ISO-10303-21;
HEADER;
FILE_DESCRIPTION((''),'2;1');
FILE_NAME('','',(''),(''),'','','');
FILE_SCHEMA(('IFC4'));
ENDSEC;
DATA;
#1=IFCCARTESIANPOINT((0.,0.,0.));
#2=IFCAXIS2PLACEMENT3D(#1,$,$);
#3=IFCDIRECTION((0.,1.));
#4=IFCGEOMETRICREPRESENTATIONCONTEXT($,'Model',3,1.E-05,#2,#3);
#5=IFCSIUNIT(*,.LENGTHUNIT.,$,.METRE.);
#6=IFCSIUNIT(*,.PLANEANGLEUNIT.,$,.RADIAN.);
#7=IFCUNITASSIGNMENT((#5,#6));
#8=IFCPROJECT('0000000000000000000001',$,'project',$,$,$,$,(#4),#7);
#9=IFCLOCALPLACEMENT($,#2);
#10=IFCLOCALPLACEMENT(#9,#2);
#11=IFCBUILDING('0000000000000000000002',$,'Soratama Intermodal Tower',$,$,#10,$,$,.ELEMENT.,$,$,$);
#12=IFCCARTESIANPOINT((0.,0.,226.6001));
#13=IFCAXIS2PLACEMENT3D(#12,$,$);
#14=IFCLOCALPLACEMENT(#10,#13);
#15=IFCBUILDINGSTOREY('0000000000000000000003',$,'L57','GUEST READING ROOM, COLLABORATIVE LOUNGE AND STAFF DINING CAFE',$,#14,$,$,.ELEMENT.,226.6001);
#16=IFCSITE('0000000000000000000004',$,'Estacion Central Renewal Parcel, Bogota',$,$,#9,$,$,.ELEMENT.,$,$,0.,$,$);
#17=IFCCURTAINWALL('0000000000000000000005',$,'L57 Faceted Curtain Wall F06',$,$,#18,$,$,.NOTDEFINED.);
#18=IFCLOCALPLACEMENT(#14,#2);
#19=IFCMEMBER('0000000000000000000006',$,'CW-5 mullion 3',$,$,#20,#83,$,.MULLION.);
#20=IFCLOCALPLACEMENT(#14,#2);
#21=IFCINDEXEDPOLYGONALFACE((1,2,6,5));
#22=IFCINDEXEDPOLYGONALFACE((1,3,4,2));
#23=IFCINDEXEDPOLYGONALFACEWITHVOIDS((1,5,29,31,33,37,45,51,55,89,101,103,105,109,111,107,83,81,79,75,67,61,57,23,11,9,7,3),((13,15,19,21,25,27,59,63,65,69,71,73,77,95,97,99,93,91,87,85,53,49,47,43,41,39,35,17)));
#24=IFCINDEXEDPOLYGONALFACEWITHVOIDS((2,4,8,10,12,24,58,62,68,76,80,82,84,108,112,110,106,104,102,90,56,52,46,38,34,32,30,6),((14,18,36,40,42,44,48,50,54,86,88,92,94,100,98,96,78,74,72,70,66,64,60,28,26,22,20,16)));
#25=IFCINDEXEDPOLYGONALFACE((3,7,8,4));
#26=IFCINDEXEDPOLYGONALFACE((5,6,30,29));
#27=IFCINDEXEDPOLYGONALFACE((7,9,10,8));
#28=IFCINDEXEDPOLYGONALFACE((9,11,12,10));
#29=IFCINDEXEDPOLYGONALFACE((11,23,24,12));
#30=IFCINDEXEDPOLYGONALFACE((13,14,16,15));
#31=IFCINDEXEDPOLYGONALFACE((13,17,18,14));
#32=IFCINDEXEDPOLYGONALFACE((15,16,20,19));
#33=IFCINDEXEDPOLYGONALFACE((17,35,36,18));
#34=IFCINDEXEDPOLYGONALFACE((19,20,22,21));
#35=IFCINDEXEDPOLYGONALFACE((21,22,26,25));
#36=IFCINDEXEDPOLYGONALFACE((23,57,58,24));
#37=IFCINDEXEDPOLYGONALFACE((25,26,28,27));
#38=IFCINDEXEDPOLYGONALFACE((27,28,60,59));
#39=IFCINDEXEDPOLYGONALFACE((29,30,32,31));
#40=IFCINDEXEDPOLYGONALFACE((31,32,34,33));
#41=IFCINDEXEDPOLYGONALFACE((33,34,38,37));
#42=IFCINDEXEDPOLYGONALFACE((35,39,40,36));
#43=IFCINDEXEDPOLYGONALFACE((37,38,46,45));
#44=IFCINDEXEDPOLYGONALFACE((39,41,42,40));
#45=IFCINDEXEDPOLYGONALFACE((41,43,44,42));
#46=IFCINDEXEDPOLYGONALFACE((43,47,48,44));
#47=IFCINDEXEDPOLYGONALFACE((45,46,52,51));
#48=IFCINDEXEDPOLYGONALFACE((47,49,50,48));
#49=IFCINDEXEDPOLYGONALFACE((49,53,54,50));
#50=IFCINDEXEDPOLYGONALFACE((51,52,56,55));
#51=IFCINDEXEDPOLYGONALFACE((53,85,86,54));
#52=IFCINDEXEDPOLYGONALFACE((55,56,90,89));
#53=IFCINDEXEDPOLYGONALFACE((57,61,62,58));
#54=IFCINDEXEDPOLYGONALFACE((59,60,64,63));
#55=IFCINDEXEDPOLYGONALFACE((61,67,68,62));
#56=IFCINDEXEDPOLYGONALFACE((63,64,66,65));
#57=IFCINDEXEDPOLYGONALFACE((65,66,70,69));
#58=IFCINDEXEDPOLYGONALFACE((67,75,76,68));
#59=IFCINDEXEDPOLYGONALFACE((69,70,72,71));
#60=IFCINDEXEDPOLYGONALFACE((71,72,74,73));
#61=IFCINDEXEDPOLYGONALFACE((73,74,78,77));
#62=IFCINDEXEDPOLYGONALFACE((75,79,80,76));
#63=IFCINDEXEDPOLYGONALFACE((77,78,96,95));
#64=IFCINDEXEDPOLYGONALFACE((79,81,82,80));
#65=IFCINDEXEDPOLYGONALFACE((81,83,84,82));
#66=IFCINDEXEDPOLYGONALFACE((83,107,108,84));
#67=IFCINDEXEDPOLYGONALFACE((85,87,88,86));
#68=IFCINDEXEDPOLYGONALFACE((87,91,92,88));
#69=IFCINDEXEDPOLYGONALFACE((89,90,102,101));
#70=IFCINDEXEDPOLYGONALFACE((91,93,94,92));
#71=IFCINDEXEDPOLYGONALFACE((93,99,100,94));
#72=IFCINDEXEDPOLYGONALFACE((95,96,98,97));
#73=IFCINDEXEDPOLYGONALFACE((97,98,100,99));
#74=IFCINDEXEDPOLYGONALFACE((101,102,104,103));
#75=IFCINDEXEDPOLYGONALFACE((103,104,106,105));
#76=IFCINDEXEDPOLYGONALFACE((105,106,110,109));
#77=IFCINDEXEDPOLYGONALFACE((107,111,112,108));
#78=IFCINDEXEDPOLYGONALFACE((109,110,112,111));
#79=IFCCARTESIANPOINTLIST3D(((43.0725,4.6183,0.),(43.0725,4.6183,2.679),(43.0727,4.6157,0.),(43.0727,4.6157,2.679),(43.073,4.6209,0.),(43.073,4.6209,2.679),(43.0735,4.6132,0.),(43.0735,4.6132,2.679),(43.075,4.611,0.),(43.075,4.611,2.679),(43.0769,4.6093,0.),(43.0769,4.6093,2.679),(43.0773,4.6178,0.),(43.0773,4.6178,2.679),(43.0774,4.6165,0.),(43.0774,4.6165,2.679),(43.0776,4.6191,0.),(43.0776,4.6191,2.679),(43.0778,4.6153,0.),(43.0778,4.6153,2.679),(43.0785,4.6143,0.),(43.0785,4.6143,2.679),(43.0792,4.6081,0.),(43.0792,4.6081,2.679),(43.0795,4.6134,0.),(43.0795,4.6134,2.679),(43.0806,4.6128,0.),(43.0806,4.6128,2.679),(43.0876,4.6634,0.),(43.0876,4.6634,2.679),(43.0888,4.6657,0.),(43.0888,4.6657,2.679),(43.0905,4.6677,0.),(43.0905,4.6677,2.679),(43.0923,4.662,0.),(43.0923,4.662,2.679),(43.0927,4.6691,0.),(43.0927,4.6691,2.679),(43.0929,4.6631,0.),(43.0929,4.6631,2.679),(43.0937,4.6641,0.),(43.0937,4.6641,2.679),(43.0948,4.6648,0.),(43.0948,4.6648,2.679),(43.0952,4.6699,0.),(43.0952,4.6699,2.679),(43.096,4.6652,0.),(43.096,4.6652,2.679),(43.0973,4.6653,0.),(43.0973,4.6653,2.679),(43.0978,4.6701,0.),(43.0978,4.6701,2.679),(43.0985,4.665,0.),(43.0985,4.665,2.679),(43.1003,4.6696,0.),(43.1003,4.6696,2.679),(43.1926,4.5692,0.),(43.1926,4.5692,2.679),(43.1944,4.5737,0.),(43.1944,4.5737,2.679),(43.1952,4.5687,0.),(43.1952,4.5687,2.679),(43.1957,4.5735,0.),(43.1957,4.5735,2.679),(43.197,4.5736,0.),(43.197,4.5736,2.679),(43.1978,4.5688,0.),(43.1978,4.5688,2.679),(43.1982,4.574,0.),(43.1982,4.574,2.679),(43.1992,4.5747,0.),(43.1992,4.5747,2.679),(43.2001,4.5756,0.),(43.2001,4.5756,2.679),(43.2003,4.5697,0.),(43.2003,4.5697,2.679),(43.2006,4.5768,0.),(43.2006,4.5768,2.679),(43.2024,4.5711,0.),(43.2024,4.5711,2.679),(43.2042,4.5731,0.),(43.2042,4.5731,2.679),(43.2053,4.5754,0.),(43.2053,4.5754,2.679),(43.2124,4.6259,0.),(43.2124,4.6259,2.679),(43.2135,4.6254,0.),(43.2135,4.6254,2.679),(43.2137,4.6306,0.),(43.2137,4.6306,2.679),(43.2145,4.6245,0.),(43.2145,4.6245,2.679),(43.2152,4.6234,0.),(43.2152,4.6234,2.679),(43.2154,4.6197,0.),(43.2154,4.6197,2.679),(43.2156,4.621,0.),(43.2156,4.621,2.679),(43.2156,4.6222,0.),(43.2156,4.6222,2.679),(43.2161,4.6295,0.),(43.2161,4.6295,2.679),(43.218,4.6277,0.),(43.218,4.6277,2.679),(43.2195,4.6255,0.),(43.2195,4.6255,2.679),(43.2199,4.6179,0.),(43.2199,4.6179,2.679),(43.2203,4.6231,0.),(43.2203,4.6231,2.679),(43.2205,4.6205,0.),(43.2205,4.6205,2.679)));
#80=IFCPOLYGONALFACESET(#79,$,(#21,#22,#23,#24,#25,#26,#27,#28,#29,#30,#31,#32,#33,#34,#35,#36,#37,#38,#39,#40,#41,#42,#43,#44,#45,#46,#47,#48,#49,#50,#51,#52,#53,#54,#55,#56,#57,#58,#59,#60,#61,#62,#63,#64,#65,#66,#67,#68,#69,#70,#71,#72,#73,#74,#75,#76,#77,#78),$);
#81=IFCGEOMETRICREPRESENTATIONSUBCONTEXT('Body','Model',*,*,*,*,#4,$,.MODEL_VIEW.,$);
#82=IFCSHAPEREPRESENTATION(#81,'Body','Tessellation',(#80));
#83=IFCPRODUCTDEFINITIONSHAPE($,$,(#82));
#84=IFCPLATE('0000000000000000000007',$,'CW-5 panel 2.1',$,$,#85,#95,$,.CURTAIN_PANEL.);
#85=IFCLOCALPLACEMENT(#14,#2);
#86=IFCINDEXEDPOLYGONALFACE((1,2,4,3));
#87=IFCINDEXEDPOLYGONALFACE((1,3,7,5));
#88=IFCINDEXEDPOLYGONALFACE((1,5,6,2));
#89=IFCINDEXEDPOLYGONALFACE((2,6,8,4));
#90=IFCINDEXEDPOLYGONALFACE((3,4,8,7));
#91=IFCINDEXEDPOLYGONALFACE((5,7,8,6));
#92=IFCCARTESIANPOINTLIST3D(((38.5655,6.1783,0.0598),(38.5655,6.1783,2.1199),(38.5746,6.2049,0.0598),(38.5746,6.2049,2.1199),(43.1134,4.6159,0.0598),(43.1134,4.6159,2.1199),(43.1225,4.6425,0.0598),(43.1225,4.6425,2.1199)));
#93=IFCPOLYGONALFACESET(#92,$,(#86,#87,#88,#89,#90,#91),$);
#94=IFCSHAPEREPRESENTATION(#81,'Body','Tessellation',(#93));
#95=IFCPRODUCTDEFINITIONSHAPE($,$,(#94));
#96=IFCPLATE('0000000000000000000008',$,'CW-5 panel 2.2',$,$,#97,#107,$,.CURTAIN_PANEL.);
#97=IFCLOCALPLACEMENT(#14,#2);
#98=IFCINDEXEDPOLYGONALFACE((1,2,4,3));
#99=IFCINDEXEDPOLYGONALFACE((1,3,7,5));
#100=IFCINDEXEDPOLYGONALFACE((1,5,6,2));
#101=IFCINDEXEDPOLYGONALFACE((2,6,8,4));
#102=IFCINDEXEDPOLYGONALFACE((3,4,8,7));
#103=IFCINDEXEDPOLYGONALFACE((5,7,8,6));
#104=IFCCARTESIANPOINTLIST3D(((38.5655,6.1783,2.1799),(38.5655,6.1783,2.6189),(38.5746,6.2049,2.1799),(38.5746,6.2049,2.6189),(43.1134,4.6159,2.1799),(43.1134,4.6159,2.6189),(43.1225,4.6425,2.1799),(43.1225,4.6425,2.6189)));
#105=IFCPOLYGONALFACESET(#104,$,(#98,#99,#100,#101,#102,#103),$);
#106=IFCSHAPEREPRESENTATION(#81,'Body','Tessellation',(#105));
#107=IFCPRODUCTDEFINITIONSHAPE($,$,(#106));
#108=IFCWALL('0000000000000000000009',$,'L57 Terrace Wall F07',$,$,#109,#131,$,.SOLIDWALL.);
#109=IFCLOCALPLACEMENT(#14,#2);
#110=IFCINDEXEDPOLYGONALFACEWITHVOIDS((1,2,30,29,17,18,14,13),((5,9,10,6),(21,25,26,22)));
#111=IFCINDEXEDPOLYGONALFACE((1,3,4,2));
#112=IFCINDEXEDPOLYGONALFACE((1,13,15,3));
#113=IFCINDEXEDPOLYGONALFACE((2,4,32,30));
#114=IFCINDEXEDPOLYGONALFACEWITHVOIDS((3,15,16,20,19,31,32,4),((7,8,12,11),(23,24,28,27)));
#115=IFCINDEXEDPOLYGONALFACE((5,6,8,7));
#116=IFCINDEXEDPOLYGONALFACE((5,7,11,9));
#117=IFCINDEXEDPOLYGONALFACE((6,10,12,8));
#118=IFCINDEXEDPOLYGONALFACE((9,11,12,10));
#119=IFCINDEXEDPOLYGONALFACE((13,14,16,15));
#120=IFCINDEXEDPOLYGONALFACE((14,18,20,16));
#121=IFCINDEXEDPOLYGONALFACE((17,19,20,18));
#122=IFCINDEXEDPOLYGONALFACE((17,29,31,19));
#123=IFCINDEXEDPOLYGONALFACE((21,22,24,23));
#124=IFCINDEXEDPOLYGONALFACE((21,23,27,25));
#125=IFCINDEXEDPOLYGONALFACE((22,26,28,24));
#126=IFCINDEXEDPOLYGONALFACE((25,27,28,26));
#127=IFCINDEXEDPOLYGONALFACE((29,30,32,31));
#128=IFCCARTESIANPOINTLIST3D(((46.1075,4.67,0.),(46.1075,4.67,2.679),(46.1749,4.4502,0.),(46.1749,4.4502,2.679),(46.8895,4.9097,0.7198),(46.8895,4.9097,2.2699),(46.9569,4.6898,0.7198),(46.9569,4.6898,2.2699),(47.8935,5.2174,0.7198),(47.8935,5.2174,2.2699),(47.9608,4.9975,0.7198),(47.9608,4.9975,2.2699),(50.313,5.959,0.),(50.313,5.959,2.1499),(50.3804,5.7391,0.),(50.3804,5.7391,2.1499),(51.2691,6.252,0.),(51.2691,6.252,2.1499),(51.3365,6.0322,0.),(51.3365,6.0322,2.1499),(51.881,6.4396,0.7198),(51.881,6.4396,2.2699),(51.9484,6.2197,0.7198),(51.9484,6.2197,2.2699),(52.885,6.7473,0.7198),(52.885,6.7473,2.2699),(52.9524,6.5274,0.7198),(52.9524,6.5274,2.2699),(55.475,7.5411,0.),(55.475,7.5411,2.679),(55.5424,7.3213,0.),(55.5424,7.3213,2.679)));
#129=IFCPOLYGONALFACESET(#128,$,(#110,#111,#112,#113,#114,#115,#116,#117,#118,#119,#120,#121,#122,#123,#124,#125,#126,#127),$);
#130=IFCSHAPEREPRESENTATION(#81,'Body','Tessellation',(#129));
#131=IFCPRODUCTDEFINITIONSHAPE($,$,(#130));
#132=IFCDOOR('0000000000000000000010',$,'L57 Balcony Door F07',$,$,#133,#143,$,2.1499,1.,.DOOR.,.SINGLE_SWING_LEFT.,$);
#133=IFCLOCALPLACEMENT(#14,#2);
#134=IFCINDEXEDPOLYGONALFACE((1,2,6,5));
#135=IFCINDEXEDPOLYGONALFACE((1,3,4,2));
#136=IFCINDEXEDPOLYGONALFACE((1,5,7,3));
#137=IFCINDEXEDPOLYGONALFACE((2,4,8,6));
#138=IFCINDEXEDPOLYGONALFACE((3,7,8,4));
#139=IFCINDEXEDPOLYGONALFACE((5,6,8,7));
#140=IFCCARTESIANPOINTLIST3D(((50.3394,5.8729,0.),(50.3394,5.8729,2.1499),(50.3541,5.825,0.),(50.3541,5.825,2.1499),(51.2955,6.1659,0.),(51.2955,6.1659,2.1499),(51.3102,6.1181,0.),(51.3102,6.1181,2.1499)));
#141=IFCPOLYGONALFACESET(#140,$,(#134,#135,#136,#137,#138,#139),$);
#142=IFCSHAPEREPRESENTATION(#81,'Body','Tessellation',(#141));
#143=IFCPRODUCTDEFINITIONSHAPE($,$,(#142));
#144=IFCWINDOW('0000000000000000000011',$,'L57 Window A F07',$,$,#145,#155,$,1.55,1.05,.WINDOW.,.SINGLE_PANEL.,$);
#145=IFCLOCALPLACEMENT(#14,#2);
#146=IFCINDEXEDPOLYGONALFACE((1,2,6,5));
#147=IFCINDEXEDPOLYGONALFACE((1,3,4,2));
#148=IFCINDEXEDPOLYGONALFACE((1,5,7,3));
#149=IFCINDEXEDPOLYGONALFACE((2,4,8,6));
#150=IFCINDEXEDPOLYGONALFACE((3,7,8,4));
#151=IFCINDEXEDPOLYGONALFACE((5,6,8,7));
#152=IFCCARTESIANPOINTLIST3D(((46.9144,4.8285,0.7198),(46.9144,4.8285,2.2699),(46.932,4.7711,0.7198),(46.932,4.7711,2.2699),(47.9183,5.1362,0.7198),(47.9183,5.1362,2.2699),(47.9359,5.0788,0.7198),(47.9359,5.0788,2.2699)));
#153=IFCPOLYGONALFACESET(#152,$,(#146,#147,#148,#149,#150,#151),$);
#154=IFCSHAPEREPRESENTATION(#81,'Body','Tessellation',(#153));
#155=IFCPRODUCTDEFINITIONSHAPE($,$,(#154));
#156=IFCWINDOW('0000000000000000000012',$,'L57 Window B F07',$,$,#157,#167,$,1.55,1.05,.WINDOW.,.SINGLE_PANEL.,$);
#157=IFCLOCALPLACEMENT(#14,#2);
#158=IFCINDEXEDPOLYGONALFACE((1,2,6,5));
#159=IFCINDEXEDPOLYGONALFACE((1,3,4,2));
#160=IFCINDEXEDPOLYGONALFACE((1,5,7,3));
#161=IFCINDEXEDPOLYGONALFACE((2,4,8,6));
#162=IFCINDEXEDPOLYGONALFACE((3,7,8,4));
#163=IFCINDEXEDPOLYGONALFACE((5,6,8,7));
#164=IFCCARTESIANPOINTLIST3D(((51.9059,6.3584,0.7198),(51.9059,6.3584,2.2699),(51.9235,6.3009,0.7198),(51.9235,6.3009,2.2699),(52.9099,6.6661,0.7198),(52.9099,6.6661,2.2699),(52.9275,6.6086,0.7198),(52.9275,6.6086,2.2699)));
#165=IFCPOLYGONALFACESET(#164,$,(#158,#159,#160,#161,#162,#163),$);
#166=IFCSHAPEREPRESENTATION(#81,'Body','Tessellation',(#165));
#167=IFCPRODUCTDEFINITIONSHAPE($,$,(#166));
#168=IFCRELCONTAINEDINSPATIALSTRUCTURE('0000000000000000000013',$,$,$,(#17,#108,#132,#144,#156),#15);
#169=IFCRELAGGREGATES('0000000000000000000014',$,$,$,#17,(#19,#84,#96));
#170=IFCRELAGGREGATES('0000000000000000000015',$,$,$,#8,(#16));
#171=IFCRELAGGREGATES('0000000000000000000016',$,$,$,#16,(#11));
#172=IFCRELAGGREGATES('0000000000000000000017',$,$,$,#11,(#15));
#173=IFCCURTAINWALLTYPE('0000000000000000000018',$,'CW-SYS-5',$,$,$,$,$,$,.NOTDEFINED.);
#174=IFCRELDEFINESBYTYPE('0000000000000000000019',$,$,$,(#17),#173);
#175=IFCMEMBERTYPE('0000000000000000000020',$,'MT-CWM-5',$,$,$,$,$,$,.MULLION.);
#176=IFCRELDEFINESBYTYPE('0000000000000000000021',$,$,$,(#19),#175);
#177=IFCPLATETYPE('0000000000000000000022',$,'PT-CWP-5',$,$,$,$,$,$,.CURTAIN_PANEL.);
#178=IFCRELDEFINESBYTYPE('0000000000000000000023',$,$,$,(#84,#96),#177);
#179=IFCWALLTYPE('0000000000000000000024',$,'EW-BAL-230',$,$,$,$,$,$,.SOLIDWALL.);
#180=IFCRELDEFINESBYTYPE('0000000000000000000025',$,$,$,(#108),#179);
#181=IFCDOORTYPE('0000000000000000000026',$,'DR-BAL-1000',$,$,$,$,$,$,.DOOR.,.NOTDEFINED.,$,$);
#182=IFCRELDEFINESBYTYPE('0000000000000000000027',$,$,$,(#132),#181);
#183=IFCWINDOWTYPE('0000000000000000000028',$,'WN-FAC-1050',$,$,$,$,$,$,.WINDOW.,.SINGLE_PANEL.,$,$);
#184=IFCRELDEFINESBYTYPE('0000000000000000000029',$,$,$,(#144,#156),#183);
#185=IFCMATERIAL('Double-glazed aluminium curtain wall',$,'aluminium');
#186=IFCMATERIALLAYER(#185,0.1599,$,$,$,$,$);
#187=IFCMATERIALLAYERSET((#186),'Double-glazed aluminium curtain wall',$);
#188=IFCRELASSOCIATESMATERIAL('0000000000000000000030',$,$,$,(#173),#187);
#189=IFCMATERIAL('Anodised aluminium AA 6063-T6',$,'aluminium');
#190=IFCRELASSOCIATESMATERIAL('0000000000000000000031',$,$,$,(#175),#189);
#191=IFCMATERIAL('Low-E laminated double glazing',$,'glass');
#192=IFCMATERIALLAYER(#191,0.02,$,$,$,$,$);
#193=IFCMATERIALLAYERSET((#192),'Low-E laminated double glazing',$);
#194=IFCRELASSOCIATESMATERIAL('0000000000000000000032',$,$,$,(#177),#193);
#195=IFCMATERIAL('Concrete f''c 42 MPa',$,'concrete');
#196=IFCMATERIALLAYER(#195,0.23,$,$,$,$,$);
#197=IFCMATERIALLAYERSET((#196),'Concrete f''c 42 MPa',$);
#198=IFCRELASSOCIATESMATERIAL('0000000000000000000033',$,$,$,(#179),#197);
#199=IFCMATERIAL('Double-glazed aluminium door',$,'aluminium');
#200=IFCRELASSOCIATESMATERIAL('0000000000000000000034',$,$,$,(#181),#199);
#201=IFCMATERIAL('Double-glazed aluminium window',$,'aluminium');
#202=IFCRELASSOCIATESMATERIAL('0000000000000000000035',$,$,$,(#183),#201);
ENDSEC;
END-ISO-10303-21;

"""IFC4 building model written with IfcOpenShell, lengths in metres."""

from ifc_helpers import new_model, si_unit, direction, frame, frame_2d, origin, origin_2d, place, context, subcontext, project, spatial, rectangle, hollow_rectangle, extrude, material, layer, layer_set, material_profile, profile_set, type_object, element, fill, aggregate, save


model = new_model("IFC4")

# Units and contexts
model_context = context("Model", 3, precision=1e-05, world=origin(), true_north=direction((0.0, 1.0)))
body_context = subcontext(model_context, "Body", "Model", "MODEL_VIEW")
ifc_project = project(units=[si_unit("LENGTHUNIT", "METRE"), si_unit("PLANEANGLEUNIT", "RADIAN")], contexts=[model_context])

# Site, building, storey
site_placement = place(None, origin())
site = spatial("IfcSite", under=ifc_project, at=site_placement, Name="Estacion Central Renewal Parcel, Bogota", CompositionType="ELEMENT", RefElevation=0.0)
building_placement = place(site_placement, origin())
building = spatial("IfcBuilding", under=site, at=building_placement, Name="Soratama Intermodal Tower", CompositionType="ELEMENT")
storey_placement = place(building_placement, frame((0.0, 0.0, 226.6001)))
storey = spatial("IfcBuildingStorey", under=building, at=storey_placement, Name="L57", Description="GUEST READING ROOM, COLLABORATIVE LOUNGE AND STAFF DINING CAFE", CompositionType="ELEMENT", Elevation=226.6001)

# Curtain wall, member, plates
ifc_material_1 = material(Name="Double-glazed aluminium curtain wall", Category="aluminium")
ifc_layer_1 = layer(ifc_material_1, 0.1599)
ifc_layer_set_1 = layer_set([ifc_layer_1], Name="Double-glazed aluminium curtain wall")
curtain_wall_type = type_object("IfcCurtainWallType", Name="CW-SYS-5", PredefinedType="NOTDEFINED", material=ifc_layer_set_1)
curtain_wall_placement = place(storey_placement, origin())
curtain_wall = element("IfcCurtainWall", 1, at=curtain_wall_placement, inside=storey, type_object=curtain_wall_type, Name="L57 Faceted Curtain Wall F06", PredefinedType="NOTDEFINED")
ifc_material_2 = material(Name="Anodised aluminium AA 6063-T6", Category="aluminium")
ifc_material_profile_1 = material_profile(ifc_material_2, hollow_rectangle(XDim=0.0649, YDim=0.1399, WallThickness=0.0049, InnerFilletRadius=0.0049, OuterFilletRadius=0.01, at=origin_2d()), Name="CWM140X65X5")
ifc_profile_set_1 = profile_set([ifc_material_profile_1], Name="Anodised aluminium AA 6063-T6")
member_type = type_object("IfcMemberType", Name="MT-CWM-5", PredefinedType="MULLION", material=ifc_profile_set_1)
member_placement = place(storey_placement, frame((43.1465, 4.6194, 0.0), z_axis=(0.0, 0.0, 1.0), x_axis=(0.324904, 0.945747, 0.0)))
member = element("IfcMember", 2, at=member_placement, type_object=member_type, Name="CW-5 mullion 3", PredefinedType="MULLION", context=body_context, shape_type="SweptSolid", body=[
    extrude(hollow_rectangle(XDim=0.0649, YDim=0.1399, WallThickness=0.0049, InnerFilletRadius=0.0049, OuterFilletRadius=0.01, at=origin_2d()), origin(), (0.0, 0.0, 1.0), 2.679),
])
ifc_material_3 = material(Name="Low-E laminated double glazing", Category="glass")
ifc_layer_2 = layer(ifc_material_3, 0.02)
ifc_layer_set_2 = layer_set([ifc_layer_2], Name="Low-E laminated double glazing")
plate_type = type_object("IfcPlateType", Name="PT-CWP-5", PredefinedType="CURTAIN_PANEL", material=ifc_layer_set_2)
plate_1_placement = place(storey_placement, frame((40.844, 5.4104, 0.0598), z_axis=(0.0, 0.0, 1.0), x_axis=(0.945747, -0.324904, 0.0)))
plate_1 = element("IfcPlate", 3, at=plate_1_placement, type_object=plate_type, Name="CW-5 panel 2.1", PredefinedType="CURTAIN_PANEL", context=body_context, shape_type="SweptSolid", body=[
    extrude(rectangle(XDim=4.8088, YDim=0.0281, at=origin_2d()), origin(), (0.0, 0.0, 1.0), 2.0601),
])
plate_2_placement = place(storey_placement, frame((40.844, 5.4104, 2.1799), z_axis=(0.0, 0.0, 1.0), x_axis=(0.945747, -0.324904, 0.0)))
plate_2 = element("IfcPlate", 4, at=plate_2_placement, type_object=plate_type, Name="CW-5 panel 2.2", PredefinedType="CURTAIN_PANEL", context=body_context, shape_type="SweptSolid", body=[
    extrude(rectangle(XDim=4.8088, YDim=0.0281, at=origin_2d()), origin(), (0.0, 0.0, 1.0), 0.439),
])
aggregate(curtain_wall, [member, plate_1, plate_2])

# Wall, openings, door, windows
ifc_material_4 = material(Name="Concrete f'c 42 MPa", Category="concrete")
ifc_layer_3 = layer(ifc_material_4, 0.23)
ifc_layer_set_3 = layer_set([ifc_layer_3], Name="Concrete f'c 42 MPa")
wall_type_1 = type_object("IfcWallType", Name="EW-BAL-230", PredefinedType="SOLIDWALL", material=ifc_layer_set_3)
wall_1_placement = place(storey_placement, frame((46.1411, 4.5601, 0.0), z_axis=(0.0, 0.0, 1.0), x_axis=(0.9561, 0.293042, 0.0)))
wall_1 = element("IfcWall", 5, at=wall_1_placement, inside=storey, type_object=wall_type_1, Name="L57 Terrace Wall F07", PredefinedType="SOLIDWALL", context=body_context, shape_type="SweptSolid", body=[
    extrude(rectangle(XDim=9.7976, YDim=0.23, at=frame_2d((4.8989, 0.0))), origin(), (0.0, 0.0, 1.0), 2.679),
])
opening_1_placement = place(wall_1_placement, frame((4.3987, 0.0, 0.0)))
opening_1 = element("IfcOpeningElement", 6, at=opening_1_placement, cuts=wall_1, PredefinedType="OPENING", context=body_context, shape_type="SweptSolid", body=[
    extrude(rectangle(XDim=1.0, YDim=2.1499, at=frame_2d((0.5, 1.075))), frame((0.0, 0.125, 0.0), z_axis=(0.0, -1.0, 0.0), x_axis=(1.0, 0.0, 0.0)), (0.0, 0.0, 1.0), 0.25),
])
opening_2_placement = place(wall_1_placement, frame((0.8181, 0.0, 0.72)))
opening_2 = element("IfcOpeningElement", 7, at=opening_2_placement, cuts=wall_1, PredefinedType="OPENING", context=body_context, shape_type="SweptSolid", body=[
    extrude(rectangle(XDim=1.05, YDim=1.55, at=frame_2d((0.5249, 0.7749))), frame((0.0, 0.125, 0.0), z_axis=(0.0, -1.0, 0.0), x_axis=(1.0, 0.0, 0.0)), (0.0, 0.0, 1.0), 0.25),
])
opening_3_placement = place(wall_1_placement, frame((6.0388, 0.0, 0.72)))
opening_3 = element("IfcOpeningElement", 8, at=opening_3_placement, cuts=wall_1, PredefinedType="OPENING", context=body_context, shape_type="SweptSolid", body=[
    extrude(rectangle(XDim=1.05, YDim=1.55, at=frame_2d((0.5249, 0.7749))), frame((0.0, 0.125, 0.0), z_axis=(0.0, -1.0, 0.0), x_axis=(1.0, 0.0, 0.0)), (0.0, 0.0, 1.0), 0.25),
])
ifc_material_5 = material(Name="Double-glazed aluminium door", Category="aluminium")
door_type_1 = type_object("IfcDoorType", Name="DR-BAL-1000", OperationType="NOTDEFINED", PredefinedType="DOOR", material=ifc_material_5)
door_1_placement = place(opening_1_placement, origin())
door_1 = element("IfcDoor", 9, at=door_1_placement, inside=storey, type_object=door_type_1, Name="L57 Balcony Door F07", OperationType="SINGLE_SWING_LEFT", OverallHeight=2.1499, OverallWidth=1.0, PredefinedType="DOOR", context=body_context, shape_type="SweptSolid", body=[
    extrude(rectangle(XDim=1.0, YDim=2.1499, at=frame_2d((0.5, 1.075))), frame((0.0, 0.0249, 0.0), z_axis=(0.0, -1.0, 0.0), x_axis=(1.0, 0.0, 0.0)), (0.0, 0.0, 1.0), 0.05),
])
fill(opening_1, door_1)
ifc_material_6 = material(Name="Double-glazed aluminium window", Category="aluminium")
window_type_1 = type_object("IfcWindowType", Name="WN-FAC-1050", PartitioningType="SINGLE_PANEL", PredefinedType="WINDOW", material=ifc_material_6)
window_1_placement = place(opening_2_placement, origin())
window_1 = element("IfcWindow", 10, at=window_1_placement, inside=storey, type_object=window_type_1, Name="L57 Window A F07", OverallHeight=1.55, OverallWidth=1.05, PartitioningType="SINGLE_PANEL", PredefinedType="WINDOW", context=body_context, shape_type="SweptSolid", body=[
    extrude(rectangle(XDim=1.05, YDim=1.55, at=frame_2d((0.5249, 0.7749))), frame((0.0, 0.03, 0.0), z_axis=(0.0, -1.0, 0.0), x_axis=(1.0, 0.0, 0.0)), (0.0, 0.0, 1.0), 0.0601),
])
fill(opening_2, window_1)
window_2_placement = place(opening_3_placement, origin())
window_2 = element("IfcWindow", 11, at=window_2_placement, inside=storey, type_object=window_type_1, Name="L57 Window B F07", OverallHeight=1.55, OverallWidth=1.05, PartitioningType="SINGLE_PANEL", PredefinedType="WINDOW", context=body_context, shape_type="SweptSolid", body=[
    extrude(rectangle(XDim=1.05, YDim=1.55, at=frame_2d((0.5249, 0.7749))), frame((0.0, 0.03, 0.0), z_axis=(0.0, -1.0, 0.0), x_axis=(1.0, 0.0, 0.0)), (0.0, 0.0, 1.0), 0.0601),
])
fill(opening_3, window_2)

save(model, "model.ifc")
